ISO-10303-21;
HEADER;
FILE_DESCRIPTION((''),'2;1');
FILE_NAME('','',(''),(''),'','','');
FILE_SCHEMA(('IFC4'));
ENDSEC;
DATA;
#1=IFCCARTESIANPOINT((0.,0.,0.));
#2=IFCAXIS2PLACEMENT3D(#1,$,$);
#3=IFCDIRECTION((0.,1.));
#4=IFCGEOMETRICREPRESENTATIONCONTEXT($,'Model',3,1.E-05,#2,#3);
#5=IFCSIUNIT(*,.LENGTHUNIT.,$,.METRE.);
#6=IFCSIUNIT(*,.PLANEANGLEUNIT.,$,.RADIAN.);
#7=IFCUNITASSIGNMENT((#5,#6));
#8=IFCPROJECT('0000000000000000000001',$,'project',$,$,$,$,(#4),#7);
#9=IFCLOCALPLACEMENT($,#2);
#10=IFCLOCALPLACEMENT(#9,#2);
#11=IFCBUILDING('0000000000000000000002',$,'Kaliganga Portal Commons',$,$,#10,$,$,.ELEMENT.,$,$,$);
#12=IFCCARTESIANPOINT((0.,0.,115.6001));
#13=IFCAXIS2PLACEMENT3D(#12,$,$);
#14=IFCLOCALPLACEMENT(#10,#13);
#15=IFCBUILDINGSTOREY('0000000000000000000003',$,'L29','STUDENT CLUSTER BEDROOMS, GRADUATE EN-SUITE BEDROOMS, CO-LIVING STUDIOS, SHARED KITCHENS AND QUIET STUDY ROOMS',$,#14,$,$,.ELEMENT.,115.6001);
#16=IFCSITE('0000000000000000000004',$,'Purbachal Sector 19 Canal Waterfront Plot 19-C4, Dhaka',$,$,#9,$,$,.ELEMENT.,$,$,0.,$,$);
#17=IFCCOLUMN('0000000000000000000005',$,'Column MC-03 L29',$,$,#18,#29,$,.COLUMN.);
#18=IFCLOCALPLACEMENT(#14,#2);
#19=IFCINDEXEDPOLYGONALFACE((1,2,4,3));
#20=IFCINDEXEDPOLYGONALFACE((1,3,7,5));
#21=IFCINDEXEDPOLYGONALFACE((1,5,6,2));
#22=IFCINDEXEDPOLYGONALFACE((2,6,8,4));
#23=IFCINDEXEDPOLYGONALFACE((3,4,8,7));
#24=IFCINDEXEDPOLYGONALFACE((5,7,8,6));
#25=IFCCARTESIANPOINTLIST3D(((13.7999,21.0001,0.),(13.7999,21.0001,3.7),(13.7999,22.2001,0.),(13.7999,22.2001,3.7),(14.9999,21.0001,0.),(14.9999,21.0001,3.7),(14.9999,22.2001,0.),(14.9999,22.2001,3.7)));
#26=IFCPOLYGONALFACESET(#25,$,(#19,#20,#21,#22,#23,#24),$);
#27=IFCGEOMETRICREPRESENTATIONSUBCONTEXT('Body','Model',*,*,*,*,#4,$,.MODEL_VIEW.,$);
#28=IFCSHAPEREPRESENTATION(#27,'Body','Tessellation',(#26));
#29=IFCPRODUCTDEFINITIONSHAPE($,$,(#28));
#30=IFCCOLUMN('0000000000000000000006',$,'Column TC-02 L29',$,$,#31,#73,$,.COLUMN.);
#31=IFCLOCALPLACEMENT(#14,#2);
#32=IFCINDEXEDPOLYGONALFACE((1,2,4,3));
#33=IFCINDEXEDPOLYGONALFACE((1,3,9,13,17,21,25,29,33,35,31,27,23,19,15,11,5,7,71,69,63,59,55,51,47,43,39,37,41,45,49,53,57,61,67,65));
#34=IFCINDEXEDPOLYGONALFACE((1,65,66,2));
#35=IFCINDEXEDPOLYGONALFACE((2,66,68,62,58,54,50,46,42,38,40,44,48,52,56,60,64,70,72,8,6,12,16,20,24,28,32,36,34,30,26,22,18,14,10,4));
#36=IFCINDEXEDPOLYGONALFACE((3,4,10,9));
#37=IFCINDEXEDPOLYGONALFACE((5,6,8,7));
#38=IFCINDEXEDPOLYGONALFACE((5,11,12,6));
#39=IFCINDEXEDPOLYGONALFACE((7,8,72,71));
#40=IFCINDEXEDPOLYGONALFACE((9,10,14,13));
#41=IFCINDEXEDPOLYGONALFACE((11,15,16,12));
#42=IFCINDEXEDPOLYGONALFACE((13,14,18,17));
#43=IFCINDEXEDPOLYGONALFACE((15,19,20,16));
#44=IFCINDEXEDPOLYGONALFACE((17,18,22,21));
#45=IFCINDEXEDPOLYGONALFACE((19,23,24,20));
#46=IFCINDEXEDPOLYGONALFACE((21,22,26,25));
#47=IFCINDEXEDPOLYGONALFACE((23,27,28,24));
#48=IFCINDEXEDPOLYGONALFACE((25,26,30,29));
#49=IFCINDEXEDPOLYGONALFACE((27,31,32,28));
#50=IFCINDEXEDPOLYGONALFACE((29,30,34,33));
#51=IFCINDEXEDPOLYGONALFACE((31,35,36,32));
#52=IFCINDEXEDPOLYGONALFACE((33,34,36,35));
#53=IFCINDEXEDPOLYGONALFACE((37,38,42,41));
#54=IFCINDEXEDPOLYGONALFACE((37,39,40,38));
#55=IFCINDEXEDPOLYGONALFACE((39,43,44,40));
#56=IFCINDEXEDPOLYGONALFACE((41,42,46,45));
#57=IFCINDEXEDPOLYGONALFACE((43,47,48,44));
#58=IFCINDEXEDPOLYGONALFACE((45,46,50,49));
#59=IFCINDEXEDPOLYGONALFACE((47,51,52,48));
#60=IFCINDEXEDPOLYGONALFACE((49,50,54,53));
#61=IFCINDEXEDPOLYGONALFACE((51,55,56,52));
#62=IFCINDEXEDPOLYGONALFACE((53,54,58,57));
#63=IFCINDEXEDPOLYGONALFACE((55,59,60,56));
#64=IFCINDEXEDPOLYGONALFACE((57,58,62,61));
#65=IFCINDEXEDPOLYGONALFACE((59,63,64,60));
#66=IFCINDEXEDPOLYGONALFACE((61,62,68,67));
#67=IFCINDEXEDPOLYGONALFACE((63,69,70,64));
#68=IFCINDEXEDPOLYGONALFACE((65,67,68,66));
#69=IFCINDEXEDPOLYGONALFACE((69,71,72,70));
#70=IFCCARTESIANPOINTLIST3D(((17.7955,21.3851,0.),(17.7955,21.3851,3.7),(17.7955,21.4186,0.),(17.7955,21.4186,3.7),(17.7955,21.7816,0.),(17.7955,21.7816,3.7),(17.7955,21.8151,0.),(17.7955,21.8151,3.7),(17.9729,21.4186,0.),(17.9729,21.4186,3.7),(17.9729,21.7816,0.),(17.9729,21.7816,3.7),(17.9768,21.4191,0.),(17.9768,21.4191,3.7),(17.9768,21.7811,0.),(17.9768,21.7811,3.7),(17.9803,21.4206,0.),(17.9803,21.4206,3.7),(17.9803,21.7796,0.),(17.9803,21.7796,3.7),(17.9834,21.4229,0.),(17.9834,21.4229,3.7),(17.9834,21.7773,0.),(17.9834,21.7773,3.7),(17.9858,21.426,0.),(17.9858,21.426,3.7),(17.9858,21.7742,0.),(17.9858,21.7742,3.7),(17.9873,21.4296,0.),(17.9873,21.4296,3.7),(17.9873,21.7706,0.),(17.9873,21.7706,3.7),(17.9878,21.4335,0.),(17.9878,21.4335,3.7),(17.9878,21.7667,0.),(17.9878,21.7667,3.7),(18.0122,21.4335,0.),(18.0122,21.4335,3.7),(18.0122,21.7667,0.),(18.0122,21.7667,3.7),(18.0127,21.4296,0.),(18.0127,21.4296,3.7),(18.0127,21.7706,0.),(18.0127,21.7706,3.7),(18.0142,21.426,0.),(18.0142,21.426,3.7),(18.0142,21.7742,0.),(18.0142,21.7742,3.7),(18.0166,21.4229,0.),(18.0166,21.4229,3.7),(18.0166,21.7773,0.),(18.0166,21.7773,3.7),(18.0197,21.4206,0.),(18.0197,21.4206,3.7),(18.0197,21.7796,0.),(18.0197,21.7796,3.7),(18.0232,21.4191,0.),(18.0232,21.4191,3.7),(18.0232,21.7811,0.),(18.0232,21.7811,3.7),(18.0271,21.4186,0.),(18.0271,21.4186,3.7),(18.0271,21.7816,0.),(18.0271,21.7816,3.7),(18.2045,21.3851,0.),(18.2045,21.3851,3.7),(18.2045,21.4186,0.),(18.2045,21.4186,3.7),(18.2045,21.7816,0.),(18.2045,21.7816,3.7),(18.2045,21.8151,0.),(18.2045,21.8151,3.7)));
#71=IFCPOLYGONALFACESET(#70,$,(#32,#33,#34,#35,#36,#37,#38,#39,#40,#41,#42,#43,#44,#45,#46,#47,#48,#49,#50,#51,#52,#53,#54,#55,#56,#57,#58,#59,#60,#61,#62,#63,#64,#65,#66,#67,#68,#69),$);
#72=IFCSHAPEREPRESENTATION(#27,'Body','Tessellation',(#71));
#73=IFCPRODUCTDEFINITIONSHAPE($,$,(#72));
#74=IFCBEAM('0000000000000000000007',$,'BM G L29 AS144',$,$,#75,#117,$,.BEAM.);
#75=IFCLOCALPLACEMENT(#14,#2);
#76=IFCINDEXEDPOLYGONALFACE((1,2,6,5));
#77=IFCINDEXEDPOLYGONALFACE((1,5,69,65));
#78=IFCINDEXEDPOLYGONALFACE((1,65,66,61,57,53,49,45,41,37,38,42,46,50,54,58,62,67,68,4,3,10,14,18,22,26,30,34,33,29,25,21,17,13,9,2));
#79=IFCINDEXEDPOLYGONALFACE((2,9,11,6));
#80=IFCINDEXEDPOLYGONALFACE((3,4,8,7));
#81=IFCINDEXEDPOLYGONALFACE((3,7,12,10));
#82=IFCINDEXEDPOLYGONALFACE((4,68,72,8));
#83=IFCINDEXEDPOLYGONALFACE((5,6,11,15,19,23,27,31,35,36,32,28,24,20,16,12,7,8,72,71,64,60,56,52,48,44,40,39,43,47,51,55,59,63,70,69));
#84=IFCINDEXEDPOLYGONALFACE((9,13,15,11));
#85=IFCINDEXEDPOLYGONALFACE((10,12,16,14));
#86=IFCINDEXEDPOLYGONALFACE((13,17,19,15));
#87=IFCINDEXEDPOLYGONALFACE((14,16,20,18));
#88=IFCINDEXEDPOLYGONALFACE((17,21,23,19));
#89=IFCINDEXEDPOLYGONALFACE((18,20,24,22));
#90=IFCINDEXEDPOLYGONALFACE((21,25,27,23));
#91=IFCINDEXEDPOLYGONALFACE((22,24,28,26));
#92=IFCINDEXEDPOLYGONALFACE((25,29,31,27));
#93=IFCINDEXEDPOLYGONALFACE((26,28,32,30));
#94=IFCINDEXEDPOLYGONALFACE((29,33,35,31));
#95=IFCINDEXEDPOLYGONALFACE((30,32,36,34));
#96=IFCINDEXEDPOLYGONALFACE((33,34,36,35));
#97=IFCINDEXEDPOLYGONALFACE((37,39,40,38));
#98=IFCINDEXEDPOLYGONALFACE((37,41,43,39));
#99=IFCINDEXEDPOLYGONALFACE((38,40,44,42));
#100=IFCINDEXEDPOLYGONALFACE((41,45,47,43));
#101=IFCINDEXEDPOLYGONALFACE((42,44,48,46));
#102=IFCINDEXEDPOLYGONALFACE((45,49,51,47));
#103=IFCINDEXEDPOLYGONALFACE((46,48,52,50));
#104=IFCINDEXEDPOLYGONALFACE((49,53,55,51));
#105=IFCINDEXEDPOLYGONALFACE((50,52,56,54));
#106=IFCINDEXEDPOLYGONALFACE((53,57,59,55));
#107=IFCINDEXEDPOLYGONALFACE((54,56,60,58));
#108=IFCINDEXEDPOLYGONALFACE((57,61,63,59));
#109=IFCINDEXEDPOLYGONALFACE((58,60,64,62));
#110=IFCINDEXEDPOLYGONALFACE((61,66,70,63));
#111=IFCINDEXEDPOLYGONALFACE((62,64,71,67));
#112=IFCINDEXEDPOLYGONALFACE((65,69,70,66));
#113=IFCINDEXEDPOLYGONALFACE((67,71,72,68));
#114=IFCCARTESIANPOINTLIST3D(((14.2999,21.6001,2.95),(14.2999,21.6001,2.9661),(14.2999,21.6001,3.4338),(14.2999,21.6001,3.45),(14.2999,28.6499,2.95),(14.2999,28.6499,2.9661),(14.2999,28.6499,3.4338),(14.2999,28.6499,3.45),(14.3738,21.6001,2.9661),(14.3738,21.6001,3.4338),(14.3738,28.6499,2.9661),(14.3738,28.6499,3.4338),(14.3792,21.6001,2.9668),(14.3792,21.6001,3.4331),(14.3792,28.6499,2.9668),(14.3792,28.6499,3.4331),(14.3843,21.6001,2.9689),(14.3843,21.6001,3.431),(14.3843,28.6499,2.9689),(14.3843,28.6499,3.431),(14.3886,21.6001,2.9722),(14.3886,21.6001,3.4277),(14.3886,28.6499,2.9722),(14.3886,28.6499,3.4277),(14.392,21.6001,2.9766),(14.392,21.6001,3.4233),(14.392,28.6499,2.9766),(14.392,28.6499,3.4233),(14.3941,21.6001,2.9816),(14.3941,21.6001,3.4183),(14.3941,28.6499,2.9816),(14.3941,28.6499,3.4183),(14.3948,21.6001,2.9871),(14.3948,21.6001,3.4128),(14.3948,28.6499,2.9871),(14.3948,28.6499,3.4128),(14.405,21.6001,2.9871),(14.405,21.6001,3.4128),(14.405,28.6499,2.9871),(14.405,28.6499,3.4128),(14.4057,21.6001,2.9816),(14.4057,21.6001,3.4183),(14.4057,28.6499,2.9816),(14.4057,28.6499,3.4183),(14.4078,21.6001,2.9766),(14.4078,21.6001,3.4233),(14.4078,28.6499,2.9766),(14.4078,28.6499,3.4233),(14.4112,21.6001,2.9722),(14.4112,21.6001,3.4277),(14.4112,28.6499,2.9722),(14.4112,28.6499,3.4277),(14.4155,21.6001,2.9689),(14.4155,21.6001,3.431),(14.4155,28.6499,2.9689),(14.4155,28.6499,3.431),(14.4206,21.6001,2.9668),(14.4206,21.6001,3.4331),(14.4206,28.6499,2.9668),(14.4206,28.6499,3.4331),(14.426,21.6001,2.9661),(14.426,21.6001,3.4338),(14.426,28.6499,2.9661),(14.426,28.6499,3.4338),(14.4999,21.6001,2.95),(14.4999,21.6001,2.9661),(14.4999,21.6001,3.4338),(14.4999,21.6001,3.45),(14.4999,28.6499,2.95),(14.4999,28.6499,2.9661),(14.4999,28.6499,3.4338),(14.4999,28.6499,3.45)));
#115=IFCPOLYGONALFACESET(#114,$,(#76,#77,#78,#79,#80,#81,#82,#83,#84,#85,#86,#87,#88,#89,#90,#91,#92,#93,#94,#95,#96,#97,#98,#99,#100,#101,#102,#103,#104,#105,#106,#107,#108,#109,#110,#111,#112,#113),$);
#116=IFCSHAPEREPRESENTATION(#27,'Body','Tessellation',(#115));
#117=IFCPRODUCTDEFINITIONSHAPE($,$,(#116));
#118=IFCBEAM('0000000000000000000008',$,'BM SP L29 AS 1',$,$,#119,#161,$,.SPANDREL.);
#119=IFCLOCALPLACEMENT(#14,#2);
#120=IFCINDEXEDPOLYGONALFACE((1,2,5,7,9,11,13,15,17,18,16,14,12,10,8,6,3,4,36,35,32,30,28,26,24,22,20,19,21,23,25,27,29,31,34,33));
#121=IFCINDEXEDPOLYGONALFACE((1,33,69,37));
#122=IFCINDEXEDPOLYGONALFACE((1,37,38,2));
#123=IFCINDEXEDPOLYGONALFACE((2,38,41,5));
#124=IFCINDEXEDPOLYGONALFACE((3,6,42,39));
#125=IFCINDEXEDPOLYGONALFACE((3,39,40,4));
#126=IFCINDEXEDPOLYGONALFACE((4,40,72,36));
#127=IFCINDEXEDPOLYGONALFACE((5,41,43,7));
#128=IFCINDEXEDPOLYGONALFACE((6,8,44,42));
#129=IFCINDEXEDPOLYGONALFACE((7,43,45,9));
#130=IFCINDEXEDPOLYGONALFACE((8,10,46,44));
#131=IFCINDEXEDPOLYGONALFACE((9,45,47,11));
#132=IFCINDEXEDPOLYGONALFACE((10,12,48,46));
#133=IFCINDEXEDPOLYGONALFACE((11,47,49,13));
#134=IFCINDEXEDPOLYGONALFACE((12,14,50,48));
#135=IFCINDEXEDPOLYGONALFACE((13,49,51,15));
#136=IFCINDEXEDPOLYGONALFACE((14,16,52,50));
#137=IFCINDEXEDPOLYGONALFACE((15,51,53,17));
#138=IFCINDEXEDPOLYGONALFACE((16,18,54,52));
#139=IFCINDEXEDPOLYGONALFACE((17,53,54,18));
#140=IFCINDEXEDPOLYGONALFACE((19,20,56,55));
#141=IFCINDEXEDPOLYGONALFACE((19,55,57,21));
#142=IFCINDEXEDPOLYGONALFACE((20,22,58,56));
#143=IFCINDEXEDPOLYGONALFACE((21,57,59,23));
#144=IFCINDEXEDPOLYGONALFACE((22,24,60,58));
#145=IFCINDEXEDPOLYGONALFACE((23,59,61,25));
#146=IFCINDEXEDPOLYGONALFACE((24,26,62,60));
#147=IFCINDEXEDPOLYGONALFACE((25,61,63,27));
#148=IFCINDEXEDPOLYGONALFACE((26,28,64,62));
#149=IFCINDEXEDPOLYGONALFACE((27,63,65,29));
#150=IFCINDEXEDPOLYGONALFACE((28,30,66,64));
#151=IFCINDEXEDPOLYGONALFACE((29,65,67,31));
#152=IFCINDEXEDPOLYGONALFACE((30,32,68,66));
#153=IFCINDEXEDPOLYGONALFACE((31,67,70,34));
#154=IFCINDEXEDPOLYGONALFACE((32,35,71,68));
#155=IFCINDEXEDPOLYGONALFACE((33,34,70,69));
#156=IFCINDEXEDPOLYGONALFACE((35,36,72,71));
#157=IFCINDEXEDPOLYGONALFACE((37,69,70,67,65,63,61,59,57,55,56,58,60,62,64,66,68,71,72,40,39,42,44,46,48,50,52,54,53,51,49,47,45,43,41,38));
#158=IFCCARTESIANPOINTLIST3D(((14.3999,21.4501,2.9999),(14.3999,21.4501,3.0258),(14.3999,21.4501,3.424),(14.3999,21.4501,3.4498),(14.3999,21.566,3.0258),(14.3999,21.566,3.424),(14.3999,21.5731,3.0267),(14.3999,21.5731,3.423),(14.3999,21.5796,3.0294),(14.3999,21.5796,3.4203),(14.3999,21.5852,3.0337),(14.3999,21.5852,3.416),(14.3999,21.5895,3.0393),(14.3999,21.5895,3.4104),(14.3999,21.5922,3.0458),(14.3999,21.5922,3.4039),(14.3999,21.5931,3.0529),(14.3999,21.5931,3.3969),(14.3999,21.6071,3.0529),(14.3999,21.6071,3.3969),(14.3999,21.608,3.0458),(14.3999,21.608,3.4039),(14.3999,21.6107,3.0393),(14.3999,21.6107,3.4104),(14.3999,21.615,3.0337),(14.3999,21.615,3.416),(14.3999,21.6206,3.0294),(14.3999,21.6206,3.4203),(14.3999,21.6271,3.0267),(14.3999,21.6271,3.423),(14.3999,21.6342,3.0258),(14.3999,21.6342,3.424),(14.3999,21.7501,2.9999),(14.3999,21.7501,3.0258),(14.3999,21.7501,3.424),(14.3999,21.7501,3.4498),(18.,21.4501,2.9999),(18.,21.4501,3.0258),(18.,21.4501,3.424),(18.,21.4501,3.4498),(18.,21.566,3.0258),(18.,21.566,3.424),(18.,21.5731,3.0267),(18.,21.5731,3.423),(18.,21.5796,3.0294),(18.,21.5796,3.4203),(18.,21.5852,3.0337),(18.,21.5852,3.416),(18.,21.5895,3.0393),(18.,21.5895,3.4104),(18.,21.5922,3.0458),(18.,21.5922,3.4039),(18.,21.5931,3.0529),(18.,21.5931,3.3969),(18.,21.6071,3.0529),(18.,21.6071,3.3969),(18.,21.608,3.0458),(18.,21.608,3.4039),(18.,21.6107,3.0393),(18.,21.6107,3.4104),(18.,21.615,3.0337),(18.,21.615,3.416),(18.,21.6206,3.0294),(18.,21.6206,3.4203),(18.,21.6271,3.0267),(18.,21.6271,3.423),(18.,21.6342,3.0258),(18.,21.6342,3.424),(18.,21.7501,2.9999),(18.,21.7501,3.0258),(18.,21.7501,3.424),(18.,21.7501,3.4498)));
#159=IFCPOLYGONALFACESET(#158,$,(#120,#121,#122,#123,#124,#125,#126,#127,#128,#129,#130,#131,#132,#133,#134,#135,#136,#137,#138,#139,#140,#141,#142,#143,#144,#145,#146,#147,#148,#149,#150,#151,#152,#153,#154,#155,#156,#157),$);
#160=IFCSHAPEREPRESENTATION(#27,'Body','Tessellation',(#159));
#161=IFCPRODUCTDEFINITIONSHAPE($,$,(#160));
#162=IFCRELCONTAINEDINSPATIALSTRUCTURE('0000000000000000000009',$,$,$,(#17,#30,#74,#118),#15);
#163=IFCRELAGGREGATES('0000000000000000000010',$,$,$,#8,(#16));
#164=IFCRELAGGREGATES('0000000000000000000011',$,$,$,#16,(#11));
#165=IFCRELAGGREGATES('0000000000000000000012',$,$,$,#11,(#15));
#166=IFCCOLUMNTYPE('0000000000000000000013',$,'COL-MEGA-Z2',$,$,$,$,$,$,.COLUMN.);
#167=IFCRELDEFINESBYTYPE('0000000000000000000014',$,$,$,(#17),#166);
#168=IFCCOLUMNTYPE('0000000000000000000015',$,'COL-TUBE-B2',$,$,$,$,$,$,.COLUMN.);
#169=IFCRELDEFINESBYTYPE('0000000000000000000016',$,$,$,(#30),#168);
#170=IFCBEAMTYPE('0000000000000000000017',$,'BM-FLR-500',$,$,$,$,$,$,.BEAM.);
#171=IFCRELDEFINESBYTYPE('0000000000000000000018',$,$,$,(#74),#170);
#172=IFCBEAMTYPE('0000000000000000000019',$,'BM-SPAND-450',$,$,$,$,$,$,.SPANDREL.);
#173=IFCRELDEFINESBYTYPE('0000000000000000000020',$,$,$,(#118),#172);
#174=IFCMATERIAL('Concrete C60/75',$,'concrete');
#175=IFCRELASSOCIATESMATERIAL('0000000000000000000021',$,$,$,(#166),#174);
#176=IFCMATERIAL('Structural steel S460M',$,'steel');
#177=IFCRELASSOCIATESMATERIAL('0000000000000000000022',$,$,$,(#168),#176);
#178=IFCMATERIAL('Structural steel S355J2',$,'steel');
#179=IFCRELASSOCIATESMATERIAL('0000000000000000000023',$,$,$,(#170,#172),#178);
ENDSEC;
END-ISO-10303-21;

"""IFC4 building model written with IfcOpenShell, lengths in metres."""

from ifc_helpers import new_model, si_unit, direction, frame, origin, origin_2d, place, context, subcontext, project, spatial, rectangle, i_section, extrude, source, transform, mapped, material, material_profile, profile_set, type_object, element, save


model = new_model("IFC4")

# Units and contexts
model_context = context("Model", 3, precision=1e-05, world=origin(), true_north=direction((0.0, 1.0)))
body_context = subcontext(model_context, "Body", "Model", "MODEL_VIEW")
ifc_project = project(units=[si_unit("LENGTHUNIT", "METRE"), si_unit("PLANEANGLEUNIT", "RADIAN")], contexts=[model_context])

# Site, building, storey
site_placement = place(None, origin())
site = spatial("IfcSite", under=ifc_project, at=site_placement, Name="Purbachal Sector 19 Canal Waterfront Plot 19-C4, Dhaka", CompositionType="ELEMENT", RefElevation=0.0)
building_placement = place(site_placement, origin())
building = spatial("IfcBuilding", under=site, at=building_placement, Name="Kaliganga Portal Commons", CompositionType="ELEMENT")
storey_placement = place(building_placement, frame((0.0, 0.0, 115.6001)))
storey = spatial("IfcBuildingStorey", under=building, at=storey_placement, Name="L29", Description="STUDENT CLUSTER BEDROOMS, GRADUATE EN-SUITE BEDROOMS, CO-LIVING STUDIOS, SHARED KITCHENS AND QUIET STUDY ROOMS", CompositionType="ELEMENT", Elevation=115.6001)

# Columns
ifc_material_1 = material(Name="Concrete C60/75", Category="concrete")
ifc_material_profile_1 = material_profile(ifc_material_1, rectangle(XDim=1.2, YDim=1.2, at=origin_2d()), Name="RC 1200x1200")
ifc_profile_set_1 = profile_set([ifc_material_profile_1], Name="Concrete C60/75")
column_type_1 = type_object("IfcColumnType", Name="COL-MEGA-Z2", PredefinedType="COLUMN", material=ifc_profile_set_1)
shared_shape_1 = source(origin(), body_context, "Body", "SweptSolid", [
    extrude(rectangle(XDim=1.2, YDim=1.2, at=origin_2d()), origin(), (0.0, 0.0, 1.0), 3.7),
])
column_1_placement = place(storey_placement, frame((14.3999, 21.6001, 0.0), z_axis=(0.0, 0.0, 1.0), x_axis=(1.0, 0.0, 0.0)))
element("IfcColumn", 1, at=column_1_placement, inside=storey, type_object=column_type_1, Name="Column MC-03 L29", PredefinedType="COLUMN", context=body_context, shape_type="MappedRepresentation", body=[
    mapped(shared_shape_1, transform((0.0, 0.0, 0.0), x_axis=(1.0, 0.0, 0.0), y_axis=(0.0, 1.0, 0.0), z_axis=(0.0, 0.0, 1.0), scale=1.0)),
])
ifc_material_2 = material(Name="Structural steel S460M", Category="steel")
ifc_material_profile_2 = material_profile(ifc_material_2, i_section(OverallWidth=0.4089, OverallDepth=0.4299, WebThickness=0.0244, FlangeThickness=0.0334, FilletRadius=0.0149, at=origin_2d()), Name="HD 400x421")
ifc_profile_set_2 = profile_set([ifc_material_profile_2], Name="Structural steel S460M wide-flange")
column_type_2 = type_object("IfcColumnType", Name="COL-TUBE-B2", PredefinedType="COLUMN", material=ifc_profile_set_2)
shared_shape_2 = source(origin(), body_context, "Body", "SweptSolid", [
    extrude(i_section(OverallWidth=0.4089, OverallDepth=0.4299, WebThickness=0.0244, FlangeThickness=0.0334, FilletRadius=0.0149, at=origin_2d()), origin(), (0.0, 0.0, 1.0), 3.7),
])
column_2_placement = place(storey_placement, frame((18.0, 21.6001, 0.0), z_axis=(0.0, 0.0, 1.0), x_axis=(1.0, 0.0, 0.0)))
element("IfcColumn", 2, at=column_2_placement, inside=storey, type_object=column_type_2, Name="Column TC-02 L29", PredefinedType="COLUMN", context=body_context, shape_type="MappedRepresentation", body=[
    mapped(shared_shape_2, transform((0.0, 0.0, 0.0), x_axis=(1.0, 0.0, 0.0), y_axis=(0.0, 1.0, 0.0), z_axis=(0.0, 0.0, 1.0), scale=1.0)),
])

# Beams
ifc_material_3 = material(Name="Structural steel S355J2", Category="steel")
ifc_material_profile_3 = material_profile(ifc_material_3, i_section(OverallWidth=0.2, OverallDepth=0.5, WebThickness=0.0103, FlangeThickness=0.0161, FilletRadius=0.021, at=origin_2d()), Name="IPE 500")
ifc_profile_set_3 = profile_set([ifc_material_profile_3], Name="Structural steel S355J2 wide-flange")
beam_type_1 = type_object("IfcBeamType", Name="BM-FLR-500", PredefinedType="BEAM", material=ifc_profile_set_3)
shared_shape_3 = source(origin(), body_context, "Body", "SweptSolid", [
    extrude(i_section(OverallWidth=0.2, OverallDepth=0.5, WebThickness=0.0103, FlangeThickness=0.0161, FilletRadius=0.021, at=origin_2d()), origin(), (0.0, 0.0, 1.0), 7.0498),
])
beam_1_placement = place(storey_placement, frame((14.3999, 21.6001, 3.2), z_axis=(0.0, 1.0, 0.0), x_axis=(-1.0, 0.0, 0.0)))
element("IfcBeam", 3, at=beam_1_placement, inside=storey, type_object=beam_type_1, Name="BM G L29 AS144", PredefinedType="BEAM", context=body_context, shape_type="MappedRepresentation", body=[
    mapped(shared_shape_3, transform((0.0, 0.0, 0.0), x_axis=(1.0, 0.0, 0.0), y_axis=(0.0, 1.0, 0.0), z_axis=(0.0, 0.0, 1.0), scale=1.0)),
])
ifc_material_profile_4 = material_profile(ifc_material_3, i_section(OverallWidth=0.3, OverallDepth=0.45, WebThickness=0.0139, FlangeThickness=0.0259, FilletRadius=0.0271, at=origin_2d()), Name="HE 450 B")
ifc_profile_set_4 = profile_set([ifc_material_profile_4], Name="Structural steel S355J2 wide-flange")
beam_type_2 = type_object("IfcBeamType", Name="BM-SPAND-450", PredefinedType="SPANDREL", material=ifc_profile_set_4)
shared_shape_4 = source(origin(), body_context, "Body", "SweptSolid", [
    extrude(i_section(OverallWidth=0.3, OverallDepth=0.45, WebThickness=0.0139, FlangeThickness=0.0259, FilletRadius=0.0271, at=origin_2d()), origin(), (0.0, 0.0, 1.0), 3.6001),
])
for number, where, z_axis, x_axis, name in (
    (4, (14.3999, 21.6001, 3.2249), (1.0, 0.0, 0.0), (0.0, 1.0, 0.0), "BM SP L29 AS 1"),
):
    element("IfcBeam", number, at=place(storey_placement, frame(where, z_axis=z_axis, x_axis=x_axis)), inside=storey, type_object=beam_type_2, Name=name, PredefinedType="SPANDREL", context=body_context, shape_type="MappedRepresentation", body=[
        mapped(shared_shape_4, transform((0.0, 0.0, 0.0), x_axis=(1.0, 0.0, 0.0), y_axis=(0.0, 1.0, 0.0), z_axis=(0.0, 0.0, 1.0), scale=1.0)),
    ])

save(model, "model.ifc")
